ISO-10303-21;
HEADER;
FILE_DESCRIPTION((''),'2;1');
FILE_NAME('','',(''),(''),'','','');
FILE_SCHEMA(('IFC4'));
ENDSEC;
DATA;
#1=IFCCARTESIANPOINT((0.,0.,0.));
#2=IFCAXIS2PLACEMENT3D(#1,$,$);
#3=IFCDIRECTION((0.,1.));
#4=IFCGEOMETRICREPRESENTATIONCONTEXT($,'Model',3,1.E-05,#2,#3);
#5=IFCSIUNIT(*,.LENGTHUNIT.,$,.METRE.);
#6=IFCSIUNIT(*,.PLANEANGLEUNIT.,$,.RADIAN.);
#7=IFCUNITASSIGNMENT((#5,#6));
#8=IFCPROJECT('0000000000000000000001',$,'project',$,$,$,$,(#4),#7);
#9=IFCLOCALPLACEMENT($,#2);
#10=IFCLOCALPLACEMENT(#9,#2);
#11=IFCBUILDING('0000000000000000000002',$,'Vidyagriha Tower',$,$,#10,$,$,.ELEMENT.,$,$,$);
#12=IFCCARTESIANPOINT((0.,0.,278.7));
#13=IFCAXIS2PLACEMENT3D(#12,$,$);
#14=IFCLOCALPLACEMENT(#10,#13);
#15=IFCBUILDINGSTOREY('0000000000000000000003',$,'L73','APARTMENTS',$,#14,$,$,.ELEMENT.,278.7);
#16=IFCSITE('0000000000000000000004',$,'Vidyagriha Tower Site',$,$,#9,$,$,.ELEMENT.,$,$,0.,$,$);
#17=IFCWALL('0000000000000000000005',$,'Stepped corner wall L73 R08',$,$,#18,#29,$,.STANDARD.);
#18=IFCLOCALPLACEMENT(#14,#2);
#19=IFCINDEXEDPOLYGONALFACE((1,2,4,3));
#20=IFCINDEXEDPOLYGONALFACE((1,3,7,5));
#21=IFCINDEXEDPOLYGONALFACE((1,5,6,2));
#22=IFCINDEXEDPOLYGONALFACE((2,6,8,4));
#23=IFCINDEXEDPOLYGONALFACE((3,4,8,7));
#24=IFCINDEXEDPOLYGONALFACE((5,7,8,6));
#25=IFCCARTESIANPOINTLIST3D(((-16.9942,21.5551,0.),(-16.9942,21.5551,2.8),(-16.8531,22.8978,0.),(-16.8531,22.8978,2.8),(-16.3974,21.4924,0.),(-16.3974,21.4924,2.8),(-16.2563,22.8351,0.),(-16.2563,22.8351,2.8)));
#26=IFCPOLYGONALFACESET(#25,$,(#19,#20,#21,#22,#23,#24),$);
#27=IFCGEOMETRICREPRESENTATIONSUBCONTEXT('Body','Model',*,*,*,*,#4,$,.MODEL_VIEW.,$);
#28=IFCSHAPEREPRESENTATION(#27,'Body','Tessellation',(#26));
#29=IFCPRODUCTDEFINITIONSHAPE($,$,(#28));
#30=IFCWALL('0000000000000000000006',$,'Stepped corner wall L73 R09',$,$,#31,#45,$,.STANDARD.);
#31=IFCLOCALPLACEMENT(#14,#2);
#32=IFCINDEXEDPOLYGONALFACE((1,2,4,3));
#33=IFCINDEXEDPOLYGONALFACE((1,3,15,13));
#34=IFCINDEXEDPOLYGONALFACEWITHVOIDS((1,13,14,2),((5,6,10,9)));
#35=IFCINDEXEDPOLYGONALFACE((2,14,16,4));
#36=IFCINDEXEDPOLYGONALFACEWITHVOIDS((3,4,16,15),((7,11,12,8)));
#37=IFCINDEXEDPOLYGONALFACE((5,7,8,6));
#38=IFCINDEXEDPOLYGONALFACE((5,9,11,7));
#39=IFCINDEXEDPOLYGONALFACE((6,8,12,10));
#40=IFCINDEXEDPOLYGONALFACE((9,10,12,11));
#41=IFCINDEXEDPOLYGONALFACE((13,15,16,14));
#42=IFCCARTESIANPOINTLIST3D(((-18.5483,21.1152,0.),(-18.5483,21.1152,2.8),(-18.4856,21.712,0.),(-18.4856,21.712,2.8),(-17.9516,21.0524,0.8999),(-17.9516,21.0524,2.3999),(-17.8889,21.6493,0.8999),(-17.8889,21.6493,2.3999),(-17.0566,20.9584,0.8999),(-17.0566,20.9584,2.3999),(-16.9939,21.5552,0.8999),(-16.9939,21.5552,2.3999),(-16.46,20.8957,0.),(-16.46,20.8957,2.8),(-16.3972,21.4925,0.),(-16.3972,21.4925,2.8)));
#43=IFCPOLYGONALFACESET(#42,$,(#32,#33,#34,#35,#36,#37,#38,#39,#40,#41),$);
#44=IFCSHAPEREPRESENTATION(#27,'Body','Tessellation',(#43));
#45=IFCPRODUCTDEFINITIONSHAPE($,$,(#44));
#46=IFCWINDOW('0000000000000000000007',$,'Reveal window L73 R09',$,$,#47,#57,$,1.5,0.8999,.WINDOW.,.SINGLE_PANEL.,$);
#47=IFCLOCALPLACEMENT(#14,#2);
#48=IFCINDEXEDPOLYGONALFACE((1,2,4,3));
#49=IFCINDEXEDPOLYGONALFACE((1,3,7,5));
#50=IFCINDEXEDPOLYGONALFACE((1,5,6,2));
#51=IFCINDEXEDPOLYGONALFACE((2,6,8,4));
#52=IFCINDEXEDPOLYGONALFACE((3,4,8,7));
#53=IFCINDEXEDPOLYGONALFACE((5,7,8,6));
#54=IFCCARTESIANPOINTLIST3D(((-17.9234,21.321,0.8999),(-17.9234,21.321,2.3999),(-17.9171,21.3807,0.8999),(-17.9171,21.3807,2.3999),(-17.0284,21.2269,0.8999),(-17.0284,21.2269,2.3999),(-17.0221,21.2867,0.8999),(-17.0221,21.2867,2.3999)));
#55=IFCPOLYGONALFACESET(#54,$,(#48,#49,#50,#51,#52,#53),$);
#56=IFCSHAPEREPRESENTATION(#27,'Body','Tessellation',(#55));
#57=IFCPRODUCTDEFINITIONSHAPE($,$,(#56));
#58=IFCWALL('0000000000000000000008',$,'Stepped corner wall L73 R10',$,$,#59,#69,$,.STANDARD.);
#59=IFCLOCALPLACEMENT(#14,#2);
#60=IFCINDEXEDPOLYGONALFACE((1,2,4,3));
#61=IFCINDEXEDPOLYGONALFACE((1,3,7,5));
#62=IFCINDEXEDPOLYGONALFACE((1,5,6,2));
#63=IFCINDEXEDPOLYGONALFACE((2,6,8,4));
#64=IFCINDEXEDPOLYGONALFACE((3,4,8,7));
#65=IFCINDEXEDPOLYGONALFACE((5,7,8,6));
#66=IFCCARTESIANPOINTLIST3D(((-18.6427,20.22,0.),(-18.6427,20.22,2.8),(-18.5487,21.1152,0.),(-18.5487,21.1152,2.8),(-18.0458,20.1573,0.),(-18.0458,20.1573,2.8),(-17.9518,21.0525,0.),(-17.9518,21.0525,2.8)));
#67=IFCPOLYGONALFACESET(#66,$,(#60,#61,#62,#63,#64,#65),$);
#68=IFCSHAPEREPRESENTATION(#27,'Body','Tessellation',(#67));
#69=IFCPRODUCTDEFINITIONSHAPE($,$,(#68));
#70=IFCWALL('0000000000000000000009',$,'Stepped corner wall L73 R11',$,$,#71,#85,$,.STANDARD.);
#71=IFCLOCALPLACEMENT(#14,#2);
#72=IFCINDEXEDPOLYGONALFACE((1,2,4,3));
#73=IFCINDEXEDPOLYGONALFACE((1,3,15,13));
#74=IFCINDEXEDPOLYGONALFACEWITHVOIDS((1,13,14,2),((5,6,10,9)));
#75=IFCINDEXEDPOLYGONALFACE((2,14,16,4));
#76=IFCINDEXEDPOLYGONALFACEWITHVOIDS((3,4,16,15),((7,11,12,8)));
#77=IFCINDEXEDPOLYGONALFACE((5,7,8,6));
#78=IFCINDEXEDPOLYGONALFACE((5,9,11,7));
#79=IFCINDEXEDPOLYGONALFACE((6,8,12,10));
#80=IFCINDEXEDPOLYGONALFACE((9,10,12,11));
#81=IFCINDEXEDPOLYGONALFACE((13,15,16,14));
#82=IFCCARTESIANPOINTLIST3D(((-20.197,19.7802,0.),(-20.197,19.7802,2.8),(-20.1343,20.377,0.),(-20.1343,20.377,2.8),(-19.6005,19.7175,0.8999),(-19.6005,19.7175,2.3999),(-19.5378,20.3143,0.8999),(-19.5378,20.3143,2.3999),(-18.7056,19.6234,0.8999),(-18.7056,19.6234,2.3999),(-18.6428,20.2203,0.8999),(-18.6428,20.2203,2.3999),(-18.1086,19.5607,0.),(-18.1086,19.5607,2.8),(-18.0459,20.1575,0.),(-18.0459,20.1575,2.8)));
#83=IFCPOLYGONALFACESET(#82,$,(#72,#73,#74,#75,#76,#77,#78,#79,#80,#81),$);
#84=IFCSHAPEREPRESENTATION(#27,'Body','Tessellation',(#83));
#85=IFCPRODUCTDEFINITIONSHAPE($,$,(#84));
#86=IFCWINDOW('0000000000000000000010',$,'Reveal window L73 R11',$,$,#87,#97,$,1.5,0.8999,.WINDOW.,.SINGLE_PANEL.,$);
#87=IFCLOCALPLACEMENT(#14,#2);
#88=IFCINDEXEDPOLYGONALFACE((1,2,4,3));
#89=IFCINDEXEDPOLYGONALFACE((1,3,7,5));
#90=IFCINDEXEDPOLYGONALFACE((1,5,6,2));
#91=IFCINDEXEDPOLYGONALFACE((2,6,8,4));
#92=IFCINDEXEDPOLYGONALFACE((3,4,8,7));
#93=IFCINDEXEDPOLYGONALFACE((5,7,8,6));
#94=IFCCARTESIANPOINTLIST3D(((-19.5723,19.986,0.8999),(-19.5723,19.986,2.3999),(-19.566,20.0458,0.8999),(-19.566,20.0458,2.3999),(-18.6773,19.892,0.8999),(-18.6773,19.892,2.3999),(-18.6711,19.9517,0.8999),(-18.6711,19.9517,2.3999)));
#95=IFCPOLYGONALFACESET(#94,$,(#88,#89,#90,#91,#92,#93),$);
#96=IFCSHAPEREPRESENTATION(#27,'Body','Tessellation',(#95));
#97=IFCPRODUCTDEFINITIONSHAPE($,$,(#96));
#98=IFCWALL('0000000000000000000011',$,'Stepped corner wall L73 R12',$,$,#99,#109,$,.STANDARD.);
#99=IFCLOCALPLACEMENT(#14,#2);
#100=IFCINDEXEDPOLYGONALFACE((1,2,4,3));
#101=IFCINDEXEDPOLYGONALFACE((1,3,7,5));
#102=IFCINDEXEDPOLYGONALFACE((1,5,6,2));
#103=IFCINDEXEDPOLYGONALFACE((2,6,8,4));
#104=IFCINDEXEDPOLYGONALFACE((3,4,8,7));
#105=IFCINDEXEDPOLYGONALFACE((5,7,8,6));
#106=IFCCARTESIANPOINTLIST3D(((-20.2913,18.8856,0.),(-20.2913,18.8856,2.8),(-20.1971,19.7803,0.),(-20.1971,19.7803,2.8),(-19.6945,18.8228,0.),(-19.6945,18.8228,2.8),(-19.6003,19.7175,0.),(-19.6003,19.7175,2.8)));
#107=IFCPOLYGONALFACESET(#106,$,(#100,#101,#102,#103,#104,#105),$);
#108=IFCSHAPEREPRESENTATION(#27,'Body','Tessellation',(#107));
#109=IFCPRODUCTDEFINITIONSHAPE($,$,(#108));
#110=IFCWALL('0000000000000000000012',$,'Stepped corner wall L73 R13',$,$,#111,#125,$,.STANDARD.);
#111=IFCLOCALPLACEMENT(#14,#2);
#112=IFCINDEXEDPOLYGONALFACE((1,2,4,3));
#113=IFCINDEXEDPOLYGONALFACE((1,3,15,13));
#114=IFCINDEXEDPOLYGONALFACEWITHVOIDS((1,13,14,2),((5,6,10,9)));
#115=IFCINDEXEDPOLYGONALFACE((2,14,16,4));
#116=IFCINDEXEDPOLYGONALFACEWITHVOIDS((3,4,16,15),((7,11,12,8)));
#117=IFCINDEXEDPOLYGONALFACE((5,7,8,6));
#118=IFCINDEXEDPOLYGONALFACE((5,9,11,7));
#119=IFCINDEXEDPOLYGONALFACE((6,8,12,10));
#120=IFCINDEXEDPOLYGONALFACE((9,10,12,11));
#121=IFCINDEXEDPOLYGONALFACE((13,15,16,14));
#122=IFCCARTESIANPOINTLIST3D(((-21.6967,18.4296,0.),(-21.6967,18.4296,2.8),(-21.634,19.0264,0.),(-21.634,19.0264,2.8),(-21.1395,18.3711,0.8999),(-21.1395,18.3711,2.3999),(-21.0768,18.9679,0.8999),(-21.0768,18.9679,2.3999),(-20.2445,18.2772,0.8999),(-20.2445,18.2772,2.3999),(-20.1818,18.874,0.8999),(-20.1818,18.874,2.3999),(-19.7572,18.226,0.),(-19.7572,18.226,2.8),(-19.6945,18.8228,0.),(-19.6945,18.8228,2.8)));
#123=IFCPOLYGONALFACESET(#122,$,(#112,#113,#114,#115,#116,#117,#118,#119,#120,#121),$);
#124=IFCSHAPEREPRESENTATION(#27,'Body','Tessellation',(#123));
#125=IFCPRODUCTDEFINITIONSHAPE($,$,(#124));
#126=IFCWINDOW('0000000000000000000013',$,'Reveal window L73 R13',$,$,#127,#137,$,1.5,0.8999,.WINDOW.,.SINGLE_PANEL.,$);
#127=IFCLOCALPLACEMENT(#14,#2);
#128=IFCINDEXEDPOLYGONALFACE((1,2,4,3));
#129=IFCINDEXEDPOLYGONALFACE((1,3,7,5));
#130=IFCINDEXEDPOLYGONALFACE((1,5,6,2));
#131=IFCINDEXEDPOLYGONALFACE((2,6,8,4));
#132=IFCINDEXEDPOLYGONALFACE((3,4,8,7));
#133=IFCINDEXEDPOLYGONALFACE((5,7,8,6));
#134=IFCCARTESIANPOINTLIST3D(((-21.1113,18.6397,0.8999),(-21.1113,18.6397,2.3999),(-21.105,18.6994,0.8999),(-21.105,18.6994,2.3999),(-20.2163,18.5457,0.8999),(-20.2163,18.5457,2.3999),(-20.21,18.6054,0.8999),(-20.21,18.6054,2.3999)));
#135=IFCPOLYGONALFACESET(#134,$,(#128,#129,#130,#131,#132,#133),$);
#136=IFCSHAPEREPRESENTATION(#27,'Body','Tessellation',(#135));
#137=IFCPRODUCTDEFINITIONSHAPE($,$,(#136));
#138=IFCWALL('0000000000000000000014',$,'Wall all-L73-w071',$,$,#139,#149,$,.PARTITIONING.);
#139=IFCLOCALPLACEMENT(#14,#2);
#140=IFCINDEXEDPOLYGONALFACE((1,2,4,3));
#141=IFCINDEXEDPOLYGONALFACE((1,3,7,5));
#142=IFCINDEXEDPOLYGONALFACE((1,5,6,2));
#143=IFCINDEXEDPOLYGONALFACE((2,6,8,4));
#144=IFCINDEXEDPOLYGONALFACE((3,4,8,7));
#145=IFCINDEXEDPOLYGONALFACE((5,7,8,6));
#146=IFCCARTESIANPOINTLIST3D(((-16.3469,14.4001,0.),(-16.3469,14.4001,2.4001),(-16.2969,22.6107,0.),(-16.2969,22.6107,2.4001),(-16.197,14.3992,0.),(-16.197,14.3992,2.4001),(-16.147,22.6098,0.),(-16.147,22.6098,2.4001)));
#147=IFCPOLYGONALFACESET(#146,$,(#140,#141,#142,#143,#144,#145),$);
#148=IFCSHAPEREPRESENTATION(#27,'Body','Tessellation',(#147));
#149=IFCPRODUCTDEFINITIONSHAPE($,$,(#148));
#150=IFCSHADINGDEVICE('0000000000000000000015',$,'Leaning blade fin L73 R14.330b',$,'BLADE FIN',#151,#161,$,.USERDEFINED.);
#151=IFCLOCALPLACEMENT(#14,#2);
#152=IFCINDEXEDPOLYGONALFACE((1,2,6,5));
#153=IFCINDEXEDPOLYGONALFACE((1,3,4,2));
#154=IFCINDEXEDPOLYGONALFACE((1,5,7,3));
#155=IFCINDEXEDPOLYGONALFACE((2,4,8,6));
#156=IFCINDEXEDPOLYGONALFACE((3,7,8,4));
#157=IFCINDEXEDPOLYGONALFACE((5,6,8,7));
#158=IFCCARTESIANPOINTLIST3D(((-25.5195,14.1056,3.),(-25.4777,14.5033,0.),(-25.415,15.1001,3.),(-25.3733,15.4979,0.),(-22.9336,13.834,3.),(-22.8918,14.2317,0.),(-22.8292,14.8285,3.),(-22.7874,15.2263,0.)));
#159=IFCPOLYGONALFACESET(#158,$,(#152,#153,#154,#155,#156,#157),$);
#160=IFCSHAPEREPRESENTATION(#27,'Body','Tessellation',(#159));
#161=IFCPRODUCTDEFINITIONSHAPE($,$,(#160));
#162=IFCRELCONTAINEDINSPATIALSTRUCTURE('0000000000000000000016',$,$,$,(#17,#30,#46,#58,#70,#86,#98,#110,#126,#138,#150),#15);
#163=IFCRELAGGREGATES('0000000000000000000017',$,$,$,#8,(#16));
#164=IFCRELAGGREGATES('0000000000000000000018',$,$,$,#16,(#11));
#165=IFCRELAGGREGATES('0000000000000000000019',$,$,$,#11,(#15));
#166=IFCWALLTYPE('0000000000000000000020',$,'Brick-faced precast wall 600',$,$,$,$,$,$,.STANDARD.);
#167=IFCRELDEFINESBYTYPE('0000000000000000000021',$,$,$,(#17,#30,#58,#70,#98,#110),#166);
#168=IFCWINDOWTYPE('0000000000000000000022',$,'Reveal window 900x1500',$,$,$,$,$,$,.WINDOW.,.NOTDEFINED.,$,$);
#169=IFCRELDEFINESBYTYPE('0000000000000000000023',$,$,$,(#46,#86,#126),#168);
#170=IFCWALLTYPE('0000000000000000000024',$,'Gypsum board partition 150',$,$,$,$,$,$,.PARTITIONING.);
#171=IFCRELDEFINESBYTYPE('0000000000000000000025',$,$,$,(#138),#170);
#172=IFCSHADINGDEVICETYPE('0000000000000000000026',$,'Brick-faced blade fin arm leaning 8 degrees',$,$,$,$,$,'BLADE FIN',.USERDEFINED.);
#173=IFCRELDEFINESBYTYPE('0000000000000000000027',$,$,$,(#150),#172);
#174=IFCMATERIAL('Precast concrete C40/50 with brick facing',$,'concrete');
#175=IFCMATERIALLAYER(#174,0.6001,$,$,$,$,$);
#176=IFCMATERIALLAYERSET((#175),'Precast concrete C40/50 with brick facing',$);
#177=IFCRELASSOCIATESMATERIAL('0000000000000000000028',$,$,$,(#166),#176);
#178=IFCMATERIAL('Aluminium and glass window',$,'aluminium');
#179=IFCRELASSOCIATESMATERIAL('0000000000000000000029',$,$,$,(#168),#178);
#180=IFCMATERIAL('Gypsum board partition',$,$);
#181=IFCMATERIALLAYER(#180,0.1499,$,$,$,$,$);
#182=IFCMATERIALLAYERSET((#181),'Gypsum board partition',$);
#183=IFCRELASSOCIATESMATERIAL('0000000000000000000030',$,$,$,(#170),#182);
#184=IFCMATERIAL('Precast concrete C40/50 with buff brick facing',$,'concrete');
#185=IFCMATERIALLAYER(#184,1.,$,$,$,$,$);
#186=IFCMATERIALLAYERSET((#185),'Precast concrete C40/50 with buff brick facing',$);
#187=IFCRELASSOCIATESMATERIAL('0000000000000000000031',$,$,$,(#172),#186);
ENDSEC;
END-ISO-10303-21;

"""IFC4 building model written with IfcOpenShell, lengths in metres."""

from ifc_helpers import new_model, si_unit, direction, frame, frame_2d, origin, place, context, subcontext, project, spatial, polyline, rectangle, outline, extrude, material, layer, layer_set, type_object, element, fill, save


model = new_model("IFC4")

# Units and contexts
model_context = context("Model", 3, precision=1e-05, world=origin(), true_north=direction((0.0, 1.0)))
body_context = subcontext(model_context, "Body", "Model", "MODEL_VIEW")
ifc_project = project(units=[si_unit("LENGTHUNIT", "METRE"), si_unit("PLANEANGLEUNIT", "RADIAN")], contexts=[model_context])

# Site, building, storey
site_placement = place(None, origin())
site = spatial("IfcSite", under=ifc_project, at=site_placement, Name="Vidyagriha Tower Site", CompositionType="ELEMENT", RefElevation=0.0)
building_placement = place(site_placement, origin())
building = spatial("IfcBuilding", under=site, at=building_placement, Name="Vidyagriha Tower", CompositionType="ELEMENT")
storey_placement = place(building_placement, frame((0.0, 0.0, 278.7)))
storey = spatial("IfcBuildingStorey", under=building, at=storey_placement, Name="L73", Description="APARTMENTS", CompositionType="ELEMENT", Elevation=278.7)

# Wall
ifc_material_1 = material(Name="Precast concrete C40/50 with brick facing", Category="concrete")
ifc_layer_1 = layer(ifc_material_1, 0.6001)
ifc_layer_set_1 = layer_set([ifc_layer_1], Name="Precast concrete C40/50 with brick facing")
wall_type_1 = type_object("IfcWallType", Name="Brick-faced precast wall 600", PredefinedType="STANDARD", material=ifc_layer_set_1)
wall_1_placement = place(storey_placement, frame((-16.5547, 22.8665, 0.0), z_axis=(0.0, 0.0, 1.0), x_axis=(-0.104515, -0.994523, 0.0)))
element("IfcWall", 1, at=wall_1_placement, inside=storey, type_object=wall_type_1, Name="Stepped corner wall L73 R08", PredefinedType="STANDARD", context=body_context, shape_type="SweptSolid", body=[
    extrude(rectangle(XDim=1.3501, YDim=0.6001, at=frame_2d((0.675, 0.0))), origin(), (0.0, 0.0, 1.0), 2.8),
])

# Wall, opening, window
wall_2_placement = place(storey_placement, frame((-16.4287, 21.1941, 0.0), z_axis=(0.0, 0.0, 1.0), x_axis=(-0.994523, 0.104521, 0.0)))
wall_2 = element("IfcWall", 2, at=wall_2_placement, inside=storey, type_object=wall_type_1, Name="Stepped corner wall L73 R09", PredefinedType="STANDARD", context=body_context, shape_type="SweptSolid", body=[
    extrude(rectangle(XDim=2.0999, YDim=0.6001, at=frame_2d((1.0498, 0.0))), origin(), (0.0, 0.0, 1.0), 2.8),
])
opening_1_placement = place(wall_2_placement, frame((0.5999, 0.0, 0.8999)))
opening_1 = element("IfcOpeningElement", 3, at=opening_1_placement, cuts=wall_2, PredefinedType="OPENING", context=body_context, shape_type="SweptSolid", body=[
    extrude(rectangle(XDim=0.8999, YDim=1.5, at=frame_2d((0.45, 0.75))), frame((0.0, 0.3101, 0.0), z_axis=(0.0, -1.0, 0.0), x_axis=(1.0, 0.0, 0.0)), (0.0, 0.0, 1.0), 0.6201),
])
ifc_material_2 = material(Name="Aluminium and glass window", Category="aluminium")
window_type = type_object("IfcWindowType", Name="Reveal window 900x1500", PartitioningType="NOTDEFINED", PredefinedType="WINDOW", material=ifc_material_2)
window_1_placement = place(opening_1_placement, origin())
window_1 = element("IfcWindow", 4, at=window_1_placement, inside=storey, type_object=window_type, Name="Reveal window L73 R09", OverallHeight=1.5, OverallWidth=0.8999, PartitioningType="SINGLE_PANEL", PredefinedType="WINDOW", context=body_context, shape_type="SweptSolid", body=[
    extrude(rectangle(XDim=0.8999, YDim=1.5, at=frame_2d((0.45, 0.75))), frame((0.0, 0.03, 0.0), z_axis=(0.0, -1.0, 0.0), x_axis=(1.0, 0.0, 0.0)), (0.0, 0.0, 1.0), 0.0601),
])
fill(opening_1, window_1)

# Wall
wall_3_placement = place(storey_placement, frame((-18.2502, 21.084, 0.0), z_axis=(0.0, 0.0, 1.0), x_axis=(-0.104417, -0.994534, 0.0)))
element("IfcWall", 5, at=wall_3_placement, inside=storey, type_object=wall_type_1, Name="Stepped corner wall L73 R10", PredefinedType="STANDARD", context=body_context, shape_type="SweptSolid", body=[
    extrude(rectangle(XDim=0.9001, YDim=0.6001, at=frame_2d((0.4502, 0.0))), origin(), (0.0, 0.0, 1.0), 2.8),
])

# Wall, opening, window
wall_4_placement = place(storey_placement, frame((-18.0774, 19.8591, 0.0), z_axis=(0.0, 0.0, 1.0), x_axis=(-0.994523, 0.104521, 0.0)))
wall_4 = element("IfcWall", 6, at=wall_4_placement, inside=storey, type_object=wall_type_1, Name="Stepped corner wall L73 R11", PredefinedType="STANDARD", context=body_context, shape_type="SweptSolid", body=[
    extrude(rectangle(XDim=2.0999, YDim=0.6001, at=frame_2d((1.0498, 0.0))), origin(), (0.0, 0.0, 1.0), 2.8),
])
opening_2_placement = place(wall_4_placement, frame((0.6001, 0.0, 0.8999)))
opening_2 = element("IfcOpeningElement", 7, at=opening_2_placement, cuts=wall_4, PredefinedType="OPENING", context=body_context, shape_type="SweptSolid", body=[
    extrude(rectangle(XDim=0.8999, YDim=1.5, at=frame_2d((0.45, 0.75))), frame((0.0, 0.3101, 0.0), z_axis=(0.0, -1.0, 0.0), x_axis=(1.0, 0.0, 0.0)), (0.0, 0.0, 1.0), 0.6201),
])
window_2_placement = place(opening_2_placement, origin())
window_2 = element("IfcWindow", 8, at=window_2_placement, inside=storey, type_object=window_type, Name="Reveal window L73 R11", OverallHeight=1.5, OverallWidth=0.8999, PartitioningType="SINGLE_PANEL", PredefinedType="WINDOW", context=body_context, shape_type="SweptSolid", body=[
    extrude(rectangle(XDim=0.8999, YDim=1.5, at=frame_2d((0.45, 0.75))), frame((0.0, 0.03, 0.0), z_axis=(0.0, -1.0, 0.0), x_axis=(1.0, 0.0, 0.0)), (0.0, 0.0, 1.0), 0.0601),
])
fill(opening_2, window_2)

# Wall
wall_5_placement = place(storey_placement, frame((-19.8987, 19.7488, 0.0), z_axis=(0.0, 0.0, 1.0), x_axis=(-0.104741, -0.9945, 0.0)))
element("IfcWall", 9, at=wall_5_placement, inside=storey, type_object=wall_type_1, Name="Stepped corner wall L73 R12", PredefinedType="STANDARD", context=body_context, shape_type="SweptSolid", body=[
    extrude(rectangle(XDim=0.8997, YDim=0.6001, at=frame_2d((0.4497, 0.0))), origin(), (0.0, 0.0, 1.0), 2.8),
])

# Wall, opening, window
wall_6_placement = place(storey_placement, frame((-19.7258, 18.5244, 0.0), z_axis=(0.0, 0.0, 1.0), x_axis=(-0.994534, 0.104411, 0.0)))
wall_6 = element("IfcWall", 10, at=wall_6_placement, inside=storey, type_object=wall_type_1, Name="Stepped corner wall L73 R13", PredefinedType="STANDARD", context=body_context, shape_type="SweptSolid", body=[
    extrude(rectangle(XDim=1.9502, YDim=0.6001, at=frame_2d((0.9751, 0.0))), origin(), (0.0, 0.0, 1.0), 2.8),
])
opening_3_placement = place(wall_6_placement, frame((0.49, 0.0, 0.8999)))
opening_3 = element("IfcOpeningElement", 11, at=opening_3_placement, cuts=wall_6, PredefinedType="OPENING", context=body_context, shape_type="SweptSolid", body=[
    extrude(rectangle(XDim=0.8999, YDim=1.5, at=frame_2d((0.45, 0.75))), frame((0.0, 0.3101, 0.0), z_axis=(0.0, -1.0, 0.0), x_axis=(1.0, 0.0, 0.0)), (0.0, 0.0, 1.0), 0.6201),
])
window_3_placement = place(opening_3_placement, origin())
window_3 = element("IfcWindow", 12, at=window_3_placement, inside=storey, type_object=window_type, Name="Reveal window L73 R13", OverallHeight=1.5, OverallWidth=0.8999, PartitioningType="SINGLE_PANEL", PredefinedType="WINDOW", context=body_context, shape_type="SweptSolid", body=[
    extrude(rectangle(XDim=0.8999, YDim=1.5, at=frame_2d((0.45, 0.75))), frame((0.0, 0.03, 0.0), z_axis=(0.0, -1.0, 0.0), x_axis=(1.0, 0.0, 0.0)), (0.0, 0.0, 1.0), 0.0601),
])
fill(opening_3, window_3)

# Wall
ifc_material_3 = material(Name="Gypsum board partition")
ifc_layer_2 = layer(ifc_material_3, 0.1499)
ifc_layer_set_2 = layer_set([ifc_layer_2], Name="Gypsum board partition")
wall_type_2 = type_object("IfcWallType", Name="Gypsum board partition 150", PredefinedType="PARTITIONING", material=ifc_layer_set_2)
wall_7_placement = place(storey_placement, frame((-16.2219, 22.6104, 0.0), z_axis=(0.0, 0.0, 1.0), x_axis=(-0.006096, -0.999981, 0.0)))
element("IfcWall", 13, at=wall_7_placement, inside=storey, type_object=wall_type_2, Name="Wall all-L73-w071", PredefinedType="PARTITIONING", context=body_context, shape_type="SweptSolid", body=[
    extrude(rectangle(XDim=8.2107, YDim=0.1499, at=frame_2d((4.1055, 0.0))), origin(), (0.0, 0.0, 1.0), 2.4001),
])

# Shading device
ifc_material_4 = material(Name="Precast concrete C40/50 with buff brick facing", Category="concrete")
ifc_layer_3 = layer(ifc_material_4, 1.0)
ifc_layer_set_3 = layer_set([ifc_layer_3], Name="Precast concrete C40/50 with buff brick facing")
shading_device_type = type_object("IfcShadingDeviceType", Name="Brick-faced blade fin arm leaning 8 degrees", ElementType="BLADE FIN", PredefinedType="USERDEFINED", material=ifc_layer_set_3)
shading_device_placement = place(storey_placement, frame((-24.0803, 15.3621, 0.0), z_axis=(0.0, 0.0, 1.0), x_axis=(-0.104458, -0.994529, 0.0)))
element("IfcShadingDevice", 14, at=shading_device_placement, inside=storey, type_object=shading_device_type, Name="Leaning blade fin L73 R14.330b", ObjectType="BLADE FIN", PredefinedType="USERDEFINED", context=body_context, shape_type="SweptSolid", body=[
    extrude(outline(polyline([(0.0, 0.0), (1.0, 0.0), (1.3999, 3.0), (0.3999, 3.0), (0.0, 0.0)])), frame((0.0, 1.3, 0.0), z_axis=(0.0, -1.0, 0.0), x_axis=(1.0, 0.0, 0.0)), (0.0, 0.0, 1.0), 2.6001),
])

save(model, "model.ifc")
